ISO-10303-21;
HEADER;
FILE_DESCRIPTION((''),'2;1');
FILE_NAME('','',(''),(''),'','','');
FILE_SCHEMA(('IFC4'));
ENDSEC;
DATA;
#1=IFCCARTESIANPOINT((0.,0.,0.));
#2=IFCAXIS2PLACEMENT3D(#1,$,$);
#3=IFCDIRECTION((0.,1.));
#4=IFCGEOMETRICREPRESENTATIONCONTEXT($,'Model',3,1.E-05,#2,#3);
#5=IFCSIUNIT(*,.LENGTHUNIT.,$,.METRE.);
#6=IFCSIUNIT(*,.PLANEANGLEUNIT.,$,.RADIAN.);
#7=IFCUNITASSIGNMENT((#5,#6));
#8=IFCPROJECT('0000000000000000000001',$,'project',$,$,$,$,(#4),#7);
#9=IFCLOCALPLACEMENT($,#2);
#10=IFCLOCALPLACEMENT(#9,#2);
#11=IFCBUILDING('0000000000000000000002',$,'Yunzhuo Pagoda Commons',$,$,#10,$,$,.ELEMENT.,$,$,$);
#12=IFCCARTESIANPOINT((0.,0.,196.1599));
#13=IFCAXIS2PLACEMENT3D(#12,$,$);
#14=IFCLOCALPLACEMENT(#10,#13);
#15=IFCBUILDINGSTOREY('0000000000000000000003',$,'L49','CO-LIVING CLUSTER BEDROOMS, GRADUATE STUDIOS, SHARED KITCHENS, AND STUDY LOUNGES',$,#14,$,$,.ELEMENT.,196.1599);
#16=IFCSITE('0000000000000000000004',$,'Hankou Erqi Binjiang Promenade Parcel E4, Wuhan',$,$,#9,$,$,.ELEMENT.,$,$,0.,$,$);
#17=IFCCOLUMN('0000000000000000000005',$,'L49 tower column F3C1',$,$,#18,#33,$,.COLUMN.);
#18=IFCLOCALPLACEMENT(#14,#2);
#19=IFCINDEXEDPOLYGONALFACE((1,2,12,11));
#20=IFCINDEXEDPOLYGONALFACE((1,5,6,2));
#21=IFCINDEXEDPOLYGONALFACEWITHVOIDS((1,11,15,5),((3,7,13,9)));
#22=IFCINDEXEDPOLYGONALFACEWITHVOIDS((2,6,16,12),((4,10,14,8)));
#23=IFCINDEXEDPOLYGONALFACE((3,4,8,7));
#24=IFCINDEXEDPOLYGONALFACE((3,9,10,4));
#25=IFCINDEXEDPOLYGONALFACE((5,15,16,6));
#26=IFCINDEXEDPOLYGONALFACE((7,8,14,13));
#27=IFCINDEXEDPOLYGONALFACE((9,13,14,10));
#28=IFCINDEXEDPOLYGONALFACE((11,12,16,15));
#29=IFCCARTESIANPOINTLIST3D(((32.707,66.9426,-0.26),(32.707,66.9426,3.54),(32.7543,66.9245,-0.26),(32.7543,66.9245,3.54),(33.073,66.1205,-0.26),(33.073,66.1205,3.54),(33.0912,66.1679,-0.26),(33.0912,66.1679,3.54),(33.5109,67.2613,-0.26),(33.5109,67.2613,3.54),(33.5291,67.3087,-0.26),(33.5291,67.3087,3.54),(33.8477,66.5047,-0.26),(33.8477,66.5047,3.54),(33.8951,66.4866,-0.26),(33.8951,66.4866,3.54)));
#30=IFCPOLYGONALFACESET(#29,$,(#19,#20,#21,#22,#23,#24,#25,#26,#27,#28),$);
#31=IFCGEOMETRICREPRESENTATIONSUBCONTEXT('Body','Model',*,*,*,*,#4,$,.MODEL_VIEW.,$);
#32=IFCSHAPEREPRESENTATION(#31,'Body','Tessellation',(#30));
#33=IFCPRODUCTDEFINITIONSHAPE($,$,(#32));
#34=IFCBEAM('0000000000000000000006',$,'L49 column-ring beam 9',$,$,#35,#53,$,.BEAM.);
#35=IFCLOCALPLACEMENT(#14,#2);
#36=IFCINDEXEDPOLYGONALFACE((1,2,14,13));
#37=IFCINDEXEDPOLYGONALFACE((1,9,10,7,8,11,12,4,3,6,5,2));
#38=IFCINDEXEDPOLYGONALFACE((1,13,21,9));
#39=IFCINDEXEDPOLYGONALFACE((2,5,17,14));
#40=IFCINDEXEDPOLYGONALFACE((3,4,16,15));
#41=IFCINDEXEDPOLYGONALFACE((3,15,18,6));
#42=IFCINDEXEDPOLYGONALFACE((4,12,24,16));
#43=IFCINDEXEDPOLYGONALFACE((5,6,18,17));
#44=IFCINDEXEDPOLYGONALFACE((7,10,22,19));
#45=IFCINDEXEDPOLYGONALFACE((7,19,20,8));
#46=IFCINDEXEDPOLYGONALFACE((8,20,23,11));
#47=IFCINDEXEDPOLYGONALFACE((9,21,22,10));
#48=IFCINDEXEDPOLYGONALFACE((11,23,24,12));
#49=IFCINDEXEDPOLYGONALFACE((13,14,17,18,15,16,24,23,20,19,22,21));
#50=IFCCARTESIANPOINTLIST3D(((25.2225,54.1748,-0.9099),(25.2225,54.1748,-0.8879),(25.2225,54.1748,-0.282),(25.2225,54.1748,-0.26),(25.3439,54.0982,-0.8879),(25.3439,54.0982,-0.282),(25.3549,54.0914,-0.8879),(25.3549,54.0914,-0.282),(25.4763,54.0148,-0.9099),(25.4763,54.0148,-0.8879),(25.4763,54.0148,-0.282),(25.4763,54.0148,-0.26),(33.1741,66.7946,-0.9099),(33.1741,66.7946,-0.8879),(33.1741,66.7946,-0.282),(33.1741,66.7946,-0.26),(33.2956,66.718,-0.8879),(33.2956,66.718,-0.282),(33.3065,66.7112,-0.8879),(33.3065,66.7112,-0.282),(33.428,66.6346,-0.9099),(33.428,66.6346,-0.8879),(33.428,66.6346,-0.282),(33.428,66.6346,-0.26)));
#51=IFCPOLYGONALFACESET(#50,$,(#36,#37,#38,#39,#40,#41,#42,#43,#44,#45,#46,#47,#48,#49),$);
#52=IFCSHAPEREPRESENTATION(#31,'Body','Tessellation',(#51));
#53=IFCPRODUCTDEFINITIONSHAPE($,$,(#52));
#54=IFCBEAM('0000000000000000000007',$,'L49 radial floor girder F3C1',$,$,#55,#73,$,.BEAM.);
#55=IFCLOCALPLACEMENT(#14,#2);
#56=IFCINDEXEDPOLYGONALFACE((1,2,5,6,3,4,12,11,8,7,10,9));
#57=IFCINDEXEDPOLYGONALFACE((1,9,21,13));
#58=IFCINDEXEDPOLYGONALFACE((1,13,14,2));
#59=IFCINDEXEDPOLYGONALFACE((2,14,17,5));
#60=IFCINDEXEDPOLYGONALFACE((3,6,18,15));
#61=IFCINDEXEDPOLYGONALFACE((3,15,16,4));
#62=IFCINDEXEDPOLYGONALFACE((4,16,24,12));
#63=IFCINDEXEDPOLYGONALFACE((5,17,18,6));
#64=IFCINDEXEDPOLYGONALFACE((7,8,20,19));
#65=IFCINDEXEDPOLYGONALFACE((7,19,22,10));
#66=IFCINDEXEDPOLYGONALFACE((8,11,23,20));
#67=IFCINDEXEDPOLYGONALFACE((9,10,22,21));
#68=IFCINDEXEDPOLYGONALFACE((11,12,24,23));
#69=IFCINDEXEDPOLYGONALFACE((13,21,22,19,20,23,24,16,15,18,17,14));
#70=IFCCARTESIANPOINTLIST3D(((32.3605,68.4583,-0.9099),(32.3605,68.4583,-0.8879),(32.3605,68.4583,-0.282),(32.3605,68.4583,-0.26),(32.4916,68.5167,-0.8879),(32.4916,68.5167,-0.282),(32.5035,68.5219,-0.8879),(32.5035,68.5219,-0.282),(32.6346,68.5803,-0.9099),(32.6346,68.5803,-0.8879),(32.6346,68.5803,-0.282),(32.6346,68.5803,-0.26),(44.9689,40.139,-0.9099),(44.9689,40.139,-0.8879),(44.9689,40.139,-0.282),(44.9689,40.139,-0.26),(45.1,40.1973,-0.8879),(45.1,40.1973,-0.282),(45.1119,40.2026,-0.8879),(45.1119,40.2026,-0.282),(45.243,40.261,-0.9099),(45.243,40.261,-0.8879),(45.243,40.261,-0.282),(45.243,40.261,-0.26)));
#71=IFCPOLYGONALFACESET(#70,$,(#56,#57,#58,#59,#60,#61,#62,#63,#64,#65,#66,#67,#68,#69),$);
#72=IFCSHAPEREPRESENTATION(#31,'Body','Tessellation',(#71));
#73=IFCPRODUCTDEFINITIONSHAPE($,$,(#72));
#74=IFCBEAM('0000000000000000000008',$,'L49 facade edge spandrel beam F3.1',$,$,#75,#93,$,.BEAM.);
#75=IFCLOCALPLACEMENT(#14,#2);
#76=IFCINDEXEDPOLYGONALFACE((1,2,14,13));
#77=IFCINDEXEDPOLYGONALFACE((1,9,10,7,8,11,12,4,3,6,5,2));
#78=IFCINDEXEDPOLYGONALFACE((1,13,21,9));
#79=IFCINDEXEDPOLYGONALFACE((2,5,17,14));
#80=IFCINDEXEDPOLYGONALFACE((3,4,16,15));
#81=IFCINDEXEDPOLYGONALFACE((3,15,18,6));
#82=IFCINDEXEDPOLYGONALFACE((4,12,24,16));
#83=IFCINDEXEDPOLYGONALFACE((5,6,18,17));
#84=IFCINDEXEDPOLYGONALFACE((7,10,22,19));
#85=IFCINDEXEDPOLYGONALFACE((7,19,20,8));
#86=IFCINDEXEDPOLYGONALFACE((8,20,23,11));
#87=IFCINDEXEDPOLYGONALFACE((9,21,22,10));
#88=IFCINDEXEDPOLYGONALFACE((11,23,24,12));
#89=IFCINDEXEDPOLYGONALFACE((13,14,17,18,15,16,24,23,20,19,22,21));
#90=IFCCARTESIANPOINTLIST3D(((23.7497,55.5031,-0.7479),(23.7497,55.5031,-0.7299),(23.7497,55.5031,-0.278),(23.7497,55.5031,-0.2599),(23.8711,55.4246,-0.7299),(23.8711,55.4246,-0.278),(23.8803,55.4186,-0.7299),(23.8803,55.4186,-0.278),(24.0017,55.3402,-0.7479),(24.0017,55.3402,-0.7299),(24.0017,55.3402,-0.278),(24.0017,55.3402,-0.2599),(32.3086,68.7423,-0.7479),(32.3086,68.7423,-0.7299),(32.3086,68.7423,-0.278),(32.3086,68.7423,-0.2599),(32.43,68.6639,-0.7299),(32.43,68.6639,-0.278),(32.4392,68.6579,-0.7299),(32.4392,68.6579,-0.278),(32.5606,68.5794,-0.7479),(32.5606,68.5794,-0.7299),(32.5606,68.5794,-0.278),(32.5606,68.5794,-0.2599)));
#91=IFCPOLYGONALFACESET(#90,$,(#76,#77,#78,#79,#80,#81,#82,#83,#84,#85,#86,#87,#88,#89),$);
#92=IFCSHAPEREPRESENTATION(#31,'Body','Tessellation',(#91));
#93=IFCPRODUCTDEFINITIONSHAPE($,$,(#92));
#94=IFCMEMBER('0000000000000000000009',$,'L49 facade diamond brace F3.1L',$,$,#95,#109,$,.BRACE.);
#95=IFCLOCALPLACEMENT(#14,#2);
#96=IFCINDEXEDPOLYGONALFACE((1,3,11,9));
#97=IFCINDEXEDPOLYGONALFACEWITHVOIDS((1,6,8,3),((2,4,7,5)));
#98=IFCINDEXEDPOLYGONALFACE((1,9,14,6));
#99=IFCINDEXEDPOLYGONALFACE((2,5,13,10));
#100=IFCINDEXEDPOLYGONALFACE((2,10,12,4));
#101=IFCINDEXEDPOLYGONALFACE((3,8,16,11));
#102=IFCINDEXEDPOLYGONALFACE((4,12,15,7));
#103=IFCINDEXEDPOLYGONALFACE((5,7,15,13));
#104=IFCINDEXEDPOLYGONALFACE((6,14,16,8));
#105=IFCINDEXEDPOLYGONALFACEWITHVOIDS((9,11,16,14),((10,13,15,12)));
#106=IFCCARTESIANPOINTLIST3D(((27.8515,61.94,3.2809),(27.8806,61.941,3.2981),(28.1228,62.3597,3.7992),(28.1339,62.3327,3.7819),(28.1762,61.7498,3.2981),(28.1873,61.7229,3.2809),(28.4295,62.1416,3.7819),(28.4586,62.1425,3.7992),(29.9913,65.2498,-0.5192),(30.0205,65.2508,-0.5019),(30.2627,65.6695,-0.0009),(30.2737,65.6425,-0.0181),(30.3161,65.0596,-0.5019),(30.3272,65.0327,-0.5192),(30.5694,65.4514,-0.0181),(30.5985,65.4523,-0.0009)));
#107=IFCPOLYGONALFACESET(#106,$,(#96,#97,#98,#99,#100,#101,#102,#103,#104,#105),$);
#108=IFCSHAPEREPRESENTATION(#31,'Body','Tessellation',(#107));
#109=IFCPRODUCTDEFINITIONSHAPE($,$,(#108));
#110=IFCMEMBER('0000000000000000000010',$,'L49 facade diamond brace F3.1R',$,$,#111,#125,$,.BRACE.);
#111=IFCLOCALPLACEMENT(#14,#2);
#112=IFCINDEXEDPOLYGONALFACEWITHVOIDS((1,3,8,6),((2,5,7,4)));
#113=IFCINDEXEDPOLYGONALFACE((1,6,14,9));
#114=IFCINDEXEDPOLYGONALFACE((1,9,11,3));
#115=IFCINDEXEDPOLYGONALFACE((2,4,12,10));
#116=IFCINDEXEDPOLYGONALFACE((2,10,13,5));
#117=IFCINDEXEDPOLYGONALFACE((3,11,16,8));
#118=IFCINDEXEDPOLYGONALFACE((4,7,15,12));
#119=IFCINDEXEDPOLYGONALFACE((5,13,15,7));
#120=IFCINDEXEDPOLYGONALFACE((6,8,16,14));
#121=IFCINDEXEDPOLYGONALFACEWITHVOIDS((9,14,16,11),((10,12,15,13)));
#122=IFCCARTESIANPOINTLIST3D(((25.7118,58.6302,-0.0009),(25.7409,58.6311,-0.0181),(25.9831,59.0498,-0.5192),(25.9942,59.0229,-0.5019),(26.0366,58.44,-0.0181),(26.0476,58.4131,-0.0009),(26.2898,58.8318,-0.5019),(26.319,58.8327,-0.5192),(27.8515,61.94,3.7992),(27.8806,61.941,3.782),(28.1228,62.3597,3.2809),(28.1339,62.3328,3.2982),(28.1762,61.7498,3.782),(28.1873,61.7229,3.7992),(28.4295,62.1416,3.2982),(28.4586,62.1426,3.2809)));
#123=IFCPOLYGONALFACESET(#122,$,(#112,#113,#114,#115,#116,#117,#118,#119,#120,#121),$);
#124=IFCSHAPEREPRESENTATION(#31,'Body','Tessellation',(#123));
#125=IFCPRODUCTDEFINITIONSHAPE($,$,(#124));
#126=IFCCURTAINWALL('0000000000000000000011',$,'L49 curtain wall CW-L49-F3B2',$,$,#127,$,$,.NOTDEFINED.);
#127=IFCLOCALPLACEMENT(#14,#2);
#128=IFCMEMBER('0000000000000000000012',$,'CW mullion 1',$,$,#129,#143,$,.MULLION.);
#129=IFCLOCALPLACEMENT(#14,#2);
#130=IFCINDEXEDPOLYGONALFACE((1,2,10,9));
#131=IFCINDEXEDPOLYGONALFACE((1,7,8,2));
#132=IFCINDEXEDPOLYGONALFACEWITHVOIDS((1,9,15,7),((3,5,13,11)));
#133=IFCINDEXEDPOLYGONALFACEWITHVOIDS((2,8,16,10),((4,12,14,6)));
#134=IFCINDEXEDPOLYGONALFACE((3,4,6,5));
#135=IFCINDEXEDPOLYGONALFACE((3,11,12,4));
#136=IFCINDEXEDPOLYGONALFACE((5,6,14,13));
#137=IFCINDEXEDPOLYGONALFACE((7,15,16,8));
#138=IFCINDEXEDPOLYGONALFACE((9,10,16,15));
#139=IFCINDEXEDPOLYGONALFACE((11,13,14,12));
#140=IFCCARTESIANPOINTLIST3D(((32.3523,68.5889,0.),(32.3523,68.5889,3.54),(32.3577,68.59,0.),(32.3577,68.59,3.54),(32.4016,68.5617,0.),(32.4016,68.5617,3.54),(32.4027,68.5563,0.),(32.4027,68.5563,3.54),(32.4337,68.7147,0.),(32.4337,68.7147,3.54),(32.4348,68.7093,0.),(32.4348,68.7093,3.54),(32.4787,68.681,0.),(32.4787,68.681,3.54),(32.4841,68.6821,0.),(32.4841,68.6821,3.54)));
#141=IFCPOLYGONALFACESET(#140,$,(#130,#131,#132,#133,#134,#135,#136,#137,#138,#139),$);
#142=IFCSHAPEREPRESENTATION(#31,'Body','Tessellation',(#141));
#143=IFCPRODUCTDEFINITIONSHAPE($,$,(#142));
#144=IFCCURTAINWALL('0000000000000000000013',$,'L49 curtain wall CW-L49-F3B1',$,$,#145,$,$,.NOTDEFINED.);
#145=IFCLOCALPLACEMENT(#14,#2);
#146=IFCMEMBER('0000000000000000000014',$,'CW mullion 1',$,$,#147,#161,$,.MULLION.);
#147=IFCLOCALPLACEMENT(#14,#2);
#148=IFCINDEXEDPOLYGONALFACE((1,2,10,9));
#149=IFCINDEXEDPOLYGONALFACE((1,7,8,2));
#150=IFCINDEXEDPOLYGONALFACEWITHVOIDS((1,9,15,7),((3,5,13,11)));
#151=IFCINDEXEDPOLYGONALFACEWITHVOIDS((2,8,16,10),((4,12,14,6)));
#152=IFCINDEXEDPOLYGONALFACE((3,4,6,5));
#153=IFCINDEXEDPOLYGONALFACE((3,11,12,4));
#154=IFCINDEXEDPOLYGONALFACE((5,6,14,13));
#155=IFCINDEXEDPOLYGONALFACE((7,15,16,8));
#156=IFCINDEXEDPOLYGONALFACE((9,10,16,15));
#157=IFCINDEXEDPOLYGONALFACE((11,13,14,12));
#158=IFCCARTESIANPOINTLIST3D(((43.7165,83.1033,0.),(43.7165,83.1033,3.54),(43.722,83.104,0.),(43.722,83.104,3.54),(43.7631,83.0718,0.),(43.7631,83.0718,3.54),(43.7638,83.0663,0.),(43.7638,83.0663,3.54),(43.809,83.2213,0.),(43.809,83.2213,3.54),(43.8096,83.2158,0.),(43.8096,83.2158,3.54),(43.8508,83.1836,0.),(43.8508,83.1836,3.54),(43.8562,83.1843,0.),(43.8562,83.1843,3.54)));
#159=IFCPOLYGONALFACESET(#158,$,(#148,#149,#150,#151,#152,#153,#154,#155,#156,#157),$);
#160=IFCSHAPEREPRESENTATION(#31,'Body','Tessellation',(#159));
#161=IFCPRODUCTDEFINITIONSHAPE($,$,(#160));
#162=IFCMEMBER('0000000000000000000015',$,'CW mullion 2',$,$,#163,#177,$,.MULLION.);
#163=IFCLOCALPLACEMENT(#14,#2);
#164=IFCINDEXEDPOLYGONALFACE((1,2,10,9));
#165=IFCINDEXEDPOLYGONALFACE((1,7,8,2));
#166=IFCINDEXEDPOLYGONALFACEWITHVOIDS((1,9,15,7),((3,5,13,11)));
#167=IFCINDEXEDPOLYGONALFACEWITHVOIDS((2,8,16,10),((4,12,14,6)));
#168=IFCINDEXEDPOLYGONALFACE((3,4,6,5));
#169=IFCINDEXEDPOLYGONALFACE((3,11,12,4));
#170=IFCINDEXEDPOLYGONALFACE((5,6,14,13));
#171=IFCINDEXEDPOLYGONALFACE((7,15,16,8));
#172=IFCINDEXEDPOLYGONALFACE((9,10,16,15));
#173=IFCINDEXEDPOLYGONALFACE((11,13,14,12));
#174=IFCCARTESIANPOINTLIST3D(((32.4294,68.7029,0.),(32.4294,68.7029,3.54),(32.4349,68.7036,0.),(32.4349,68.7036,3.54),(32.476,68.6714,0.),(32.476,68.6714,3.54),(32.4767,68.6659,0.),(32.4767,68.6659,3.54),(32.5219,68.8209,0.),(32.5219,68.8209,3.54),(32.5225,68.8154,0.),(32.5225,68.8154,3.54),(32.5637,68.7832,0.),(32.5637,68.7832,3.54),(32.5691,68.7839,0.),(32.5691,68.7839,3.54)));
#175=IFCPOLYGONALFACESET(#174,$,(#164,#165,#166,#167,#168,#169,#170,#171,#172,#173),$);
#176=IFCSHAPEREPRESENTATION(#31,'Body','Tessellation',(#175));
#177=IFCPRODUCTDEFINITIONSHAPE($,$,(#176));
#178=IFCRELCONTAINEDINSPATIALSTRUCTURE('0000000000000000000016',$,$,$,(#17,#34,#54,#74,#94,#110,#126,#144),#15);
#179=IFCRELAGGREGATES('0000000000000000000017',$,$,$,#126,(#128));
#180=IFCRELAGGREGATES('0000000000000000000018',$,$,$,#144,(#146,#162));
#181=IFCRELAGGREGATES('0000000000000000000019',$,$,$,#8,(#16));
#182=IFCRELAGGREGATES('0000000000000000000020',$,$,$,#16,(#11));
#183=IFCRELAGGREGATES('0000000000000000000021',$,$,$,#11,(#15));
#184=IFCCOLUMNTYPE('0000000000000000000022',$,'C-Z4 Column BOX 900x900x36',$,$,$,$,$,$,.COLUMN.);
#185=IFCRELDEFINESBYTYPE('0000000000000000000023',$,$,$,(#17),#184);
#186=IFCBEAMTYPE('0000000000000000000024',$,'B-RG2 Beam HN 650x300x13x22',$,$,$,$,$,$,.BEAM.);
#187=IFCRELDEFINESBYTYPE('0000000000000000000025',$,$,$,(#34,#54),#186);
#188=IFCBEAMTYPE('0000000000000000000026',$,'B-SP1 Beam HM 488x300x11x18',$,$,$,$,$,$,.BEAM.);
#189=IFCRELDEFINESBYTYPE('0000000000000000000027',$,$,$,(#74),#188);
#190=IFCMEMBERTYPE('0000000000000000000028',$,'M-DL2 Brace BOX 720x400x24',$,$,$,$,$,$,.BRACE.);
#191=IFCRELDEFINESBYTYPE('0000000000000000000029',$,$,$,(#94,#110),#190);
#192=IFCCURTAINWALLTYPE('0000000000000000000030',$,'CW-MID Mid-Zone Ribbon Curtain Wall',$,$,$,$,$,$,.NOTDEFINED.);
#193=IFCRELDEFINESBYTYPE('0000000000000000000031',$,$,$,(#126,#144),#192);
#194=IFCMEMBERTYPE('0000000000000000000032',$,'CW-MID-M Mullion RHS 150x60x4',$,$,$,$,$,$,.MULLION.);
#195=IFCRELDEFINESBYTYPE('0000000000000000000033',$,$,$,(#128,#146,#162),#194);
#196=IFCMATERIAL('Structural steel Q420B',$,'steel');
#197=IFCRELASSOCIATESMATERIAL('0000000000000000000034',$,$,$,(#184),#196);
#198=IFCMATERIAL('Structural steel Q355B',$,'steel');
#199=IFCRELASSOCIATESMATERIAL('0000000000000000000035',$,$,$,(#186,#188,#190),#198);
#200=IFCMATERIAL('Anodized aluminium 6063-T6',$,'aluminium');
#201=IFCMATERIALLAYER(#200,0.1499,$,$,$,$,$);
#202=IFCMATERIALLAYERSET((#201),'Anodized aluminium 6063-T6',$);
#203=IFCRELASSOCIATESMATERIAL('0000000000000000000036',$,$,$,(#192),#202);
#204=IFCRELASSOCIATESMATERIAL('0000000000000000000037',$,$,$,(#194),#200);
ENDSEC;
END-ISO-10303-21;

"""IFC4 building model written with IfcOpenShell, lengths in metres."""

from ifc_helpers import new_model, si_unit, direction, frame, origin, origin_2d, place, context, subcontext, project, spatial, hollow_rectangle, i_section, extrude, source, transform, mapped, material, layer, layer_set, material_profile, profile_set, type_object, element, aggregate, save


model = new_model("IFC4")

# Units and contexts
model_context = context("Model", 3, precision=1e-05, world=origin(), true_north=direction((0.0, 1.0)))
body_context = subcontext(model_context, "Body", "Model", "MODEL_VIEW")
ifc_project = project(units=[si_unit("LENGTHUNIT", "METRE"), si_unit("PLANEANGLEUNIT", "RADIAN")], contexts=[model_context])

# Site, building, storey
site_placement = place(None, origin())
site = spatial("IfcSite", under=ifc_project, at=site_placement, Name="Hankou Erqi Binjiang Promenade Parcel E4, Wuhan", CompositionType="ELEMENT", RefElevation=0.0)
building_placement = place(site_placement, origin())
building = spatial("IfcBuilding", under=site, at=building_placement, Name="Yunzhuo Pagoda Commons", CompositionType="ELEMENT")
storey_placement = place(building_placement, frame((0.0, 0.0, 196.1599)))
storey = spatial("IfcBuildingStorey", under=building, at=storey_placement, Name="L49", Description="CO-LIVING CLUSTER BEDROOMS, GRADUATE STUDIOS, SHARED KITCHENS, AND STUDY LOUNGES", CompositionType="ELEMENT", Elevation=196.1599)

# Column
ifc_material_1 = material(Name="Structural steel Q420B", Category="steel")
ifc_material_profile_1 = material_profile(ifc_material_1, hollow_rectangle(XDim=0.8999, YDim=0.8999, WallThickness=0.0359, at=origin_2d()), Name="Structural steel Q420B")
ifc_profile_set_1 = profile_set([ifc_material_profile_1], Name="Structural steel Q420B")
column_type = type_object("IfcColumnType", Name="C-Z4 Column BOX 900x900x36", PredefinedType="COLUMN", material=ifc_profile_set_1)
shared_shape_1 = source(origin(), body_context, "Body", "SweptSolid", [
    extrude(hollow_rectangle(XDim=0.8999, YDim=0.8999, WallThickness=0.0359, at=origin_2d()), origin(), (0.0, 0.0, 1.0), 3.8),
])
column_placement = place(storey_placement, frame((33.301, 66.7146, -0.26), z_axis=(0.0, 0.0, 1.0), x_axis=(-0.913545, -0.406737, 0.0)))
element("IfcColumn", 1, at=column_placement, inside=storey, type_object=column_type, Name="L49 tower column F3C1", PredefinedType="COLUMN", context=body_context, shape_type="MappedRepresentation", body=[
    mapped(shared_shape_1, transform((0.0, 0.0, 0.0), scale=1.0)),
])

# Beams
ifc_material_2 = material(Name="Structural steel Q355B", Category="steel")
ifc_material_profile_2 = material_profile(ifc_material_2, i_section(OverallWidth=0.3, OverallDepth=0.6499, WebThickness=0.0129, FlangeThickness=0.022, at=origin_2d()), Name="Structural steel Q355B")
ifc_profile_set_2 = profile_set([ifc_material_profile_2], Name="Structural steel Q355B")
beam_type_1 = type_object("IfcBeamType", Name="B-RG2 Beam HN 650x300x13x22", PredefinedType="BEAM", material=ifc_profile_set_2)
shared_shape_2 = source(origin(), body_context, "Body", "SweptSolid", [
    extrude(i_section(OverallWidth=0.3, OverallDepth=0.6499, WebThickness=0.0129, FlangeThickness=0.022, at=origin_2d()), origin(), (0.0, 0.0, 1.0), 14.916),
])
beam_1_placement = place(storey_placement, frame((33.301, 66.7146, -0.585), z_axis=(-0.533092, -0.846057, 0.0), x_axis=(0.846057, -0.533092, 0.0)))
element("IfcBeam", 2, at=beam_1_placement, inside=storey, type_object=beam_type_1, Name="L49 column-ring beam 9", PredefinedType="BEAM", context=body_context, shape_type="MappedRepresentation", body=[
    mapped(shared_shape_2, transform((0.0, 0.0, 0.0), scale=1.0)),
])
shared_shape_3 = source(origin(), body_context, "Body", "SweptSolid", [
    extrude(i_section(OverallWidth=0.3, OverallDepth=0.6499, WebThickness=0.0129, FlangeThickness=0.022, at=origin_2d()), origin(), (0.0, 0.0, 1.0), 30.9993),
])
beam_2_placement = place(storey_placement, frame((32.4976, 68.5193, -0.585), z_axis=(0.406732, -0.913548, 0.0), x_axis=(0.913548, 0.406732, 0.0)))
element("IfcBeam", 3, at=beam_2_placement, inside=storey, type_object=beam_type_1, Name="L49 radial floor girder F3C1", PredefinedType="BEAM", context=body_context, shape_type="MappedRepresentation", body=[
    mapped(shared_shape_3, transform((0.0, 0.0, 0.0), scale=1.0)),
])
ifc_material_profile_3 = material_profile(ifc_material_2, i_section(OverallWidth=0.3, OverallDepth=0.488, WebThickness=0.011, FlangeThickness=0.0181, at=origin_2d()), Name="Structural steel Q355B")
ifc_profile_set_3 = profile_set([ifc_material_profile_3], Name="Structural steel Q355B")
beam_type_2 = type_object("IfcBeamType", Name="B-SP1 Beam HM 488x300x11x18", PredefinedType="BEAM", material=ifc_profile_set_3)
shared_shape_4 = source(origin(), body_context, "Body", "SweptSolid", [
    extrude(i_section(OverallWidth=0.3, OverallDepth=0.488, WebThickness=0.011, FlangeThickness=0.0181, at=origin_2d()), origin(), (0.0, 0.0, 1.0), 15.7649),
])
beam_3_placement = place(storey_placement, frame((32.4346, 68.6609, -0.5039), z_axis=(-0.542905, -0.839794, 0.0), x_axis=(0.839794, -0.542905, 0.0)))
element("IfcBeam", 4, at=beam_3_placement, inside=storey, type_object=beam_type_2, Name="L49 facade edge spandrel beam F3.1", PredefinedType="BEAM", context=body_context, shape_type="MappedRepresentation", body=[
    mapped(shared_shape_4, transform((0.0, 0.0, 0.0), scale=1.0)),
])

# Members
ifc_material_profile_4 = material_profile(ifc_material_2, hollow_rectangle(XDim=0.3999, YDim=0.72, WallThickness=0.0239, at=origin_2d()), Name="Structural steel Q355B")
ifc_profile_set_4 = profile_set([ifc_material_profile_4], Name="Structural steel Q355B")
member_type_1 = type_object("IfcMemberType", Name="M-DL2 Brace BOX 720x400x24", PredefinedType="BRACE", material=ifc_profile_set_4)
shared_shape_5 = source(origin(), body_context, "Body", "SweptSolid", [
    extrude(hollow_rectangle(XDim=0.3999, YDim=0.72, WallThickness=0.0239, at=origin_2d()), origin(), (0.0, 0.0, 1.0), 5.4749),
])
for number, where, z_axis, x_axis, name in (
    (5, (30.2949, 65.3511, -0.26), (-0.390856, -0.604545, 0.694087), (0.839773, -0.542938, 0.0), "L49 facade diamond brace F3.1L"),
    (6, (26.0154, 58.7314, -0.26), (0.390818, 0.604555, 0.694099), (-0.839801, 0.542894, 0.0), "L49 facade diamond brace F3.1R"),
):
    element("IfcMember", number, at=place(storey_placement, frame(where, z_axis=z_axis, x_axis=x_axis)), inside=storey, type_object=member_type_1, Name=name, PredefinedType="BRACE", context=body_context, shape_type="MappedRepresentation", body=[
        mapped(shared_shape_5, transform((0.0, 0.0, 0.0), scale=1.0)),
    ])

# Curtain wall, member
ifc_material_3 = material(Name="Anodized aluminium 6063-T6", Category="aluminium")
ifc_layer_1 = layer(ifc_material_3, 0.1499)
ifc_layer_set_1 = layer_set([ifc_layer_1], Name="Anodized aluminium 6063-T6")
curtain_wall_type = type_object("IfcCurtainWallType", Name="CW-MID Mid-Zone Ribbon Curtain Wall", PredefinedType="NOTDEFINED", material=ifc_layer_set_1)
curtain_wall_1_placement = place(storey_placement, origin())
curtain_wall_1 = element("IfcCurtainWall", 7, at=curtain_wall_1_placement, inside=storey, type_object=curtain_wall_type, Name="L49 curtain wall CW-L49-F3B2", PredefinedType="NOTDEFINED")
ifc_material_profile_5 = material_profile(ifc_material_3, hollow_rectangle(XDim=0.0601, YDim=0.1499, WallThickness=0.0039, at=origin_2d()), Name="Anodized aluminium 6063-T6")
ifc_profile_set_5 = profile_set([ifc_material_profile_5], Name="Anodized aluminium 6063-T6")
member_type_2 = type_object("IfcMemberType", Name="CW-MID-M Mullion RHS 150x60x4", PredefinedType="MULLION", material=ifc_profile_set_5)
shared_shape_6 = source(origin(), body_context, "Body", "SweptSolid", [
    extrude(hollow_rectangle(XDim=0.0601, YDim=0.1499, WallThickness=0.0039, at=origin_2d()), origin(), (0.0, 0.0, 1.0), 3.54),
])
member_1_placement = place(storey_placement, frame((32.4182, 68.6355, 0.0), z_axis=(0.0, 0.0, 1.0), x_axis=(0.839794, -0.542905, 0.0)))
member_1 = element("IfcMember", 8, at=member_1_placement, type_object=member_type_2, Name="CW mullion 1", PredefinedType="MULLION", context=body_context, shape_type="MappedRepresentation", body=[
    mapped(shared_shape_6, transform((0.0, 0.0, 0.0), scale=1.0)),
])

# Curtain wall, members
curtain_wall_2_placement = place(storey_placement, origin())
curtain_wall_2 = element("IfcCurtainWall", 9, at=curtain_wall_2_placement, inside=storey, type_object=curtain_wall_type, Name="L49 curtain wall CW-L49-F3B1", PredefinedType="NOTDEFINED")
member_2_placement = place(storey_placement, frame((43.7864, 83.1438, 0.0), z_axis=(0.0, 0.0, 1.0), x_axis=(0.78705, -0.616889, 0.0)))
member_2 = element("IfcMember", 10, at=member_2_placement, type_object=member_type_2, Name="CW mullion 1", PredefinedType="MULLION", context=body_context, shape_type="MappedRepresentation", body=[
    mapped(shared_shape_6, transform((0.0, 0.0, 0.0), scale=1.0)),
])
member_3_placement = place(storey_placement, frame((32.4993, 68.7434, 0.0), z_axis=(0.0, 0.0, 1.0), x_axis=(0.78705, -0.616889, 0.0)))
member_3 = element("IfcMember", 11, at=member_3_placement, type_object=member_type_2, Name="CW mullion 2", PredefinedType="MULLION", context=body_context, shape_type="MappedRepresentation", body=[
    mapped(shared_shape_6, transform((0.0, 0.0, 0.0), scale=1.0)),
])

aggregate(curtain_wall_1, [member_1])
aggregate(curtain_wall_2, [member_2, member_3])

save(model, "model.ifc")
